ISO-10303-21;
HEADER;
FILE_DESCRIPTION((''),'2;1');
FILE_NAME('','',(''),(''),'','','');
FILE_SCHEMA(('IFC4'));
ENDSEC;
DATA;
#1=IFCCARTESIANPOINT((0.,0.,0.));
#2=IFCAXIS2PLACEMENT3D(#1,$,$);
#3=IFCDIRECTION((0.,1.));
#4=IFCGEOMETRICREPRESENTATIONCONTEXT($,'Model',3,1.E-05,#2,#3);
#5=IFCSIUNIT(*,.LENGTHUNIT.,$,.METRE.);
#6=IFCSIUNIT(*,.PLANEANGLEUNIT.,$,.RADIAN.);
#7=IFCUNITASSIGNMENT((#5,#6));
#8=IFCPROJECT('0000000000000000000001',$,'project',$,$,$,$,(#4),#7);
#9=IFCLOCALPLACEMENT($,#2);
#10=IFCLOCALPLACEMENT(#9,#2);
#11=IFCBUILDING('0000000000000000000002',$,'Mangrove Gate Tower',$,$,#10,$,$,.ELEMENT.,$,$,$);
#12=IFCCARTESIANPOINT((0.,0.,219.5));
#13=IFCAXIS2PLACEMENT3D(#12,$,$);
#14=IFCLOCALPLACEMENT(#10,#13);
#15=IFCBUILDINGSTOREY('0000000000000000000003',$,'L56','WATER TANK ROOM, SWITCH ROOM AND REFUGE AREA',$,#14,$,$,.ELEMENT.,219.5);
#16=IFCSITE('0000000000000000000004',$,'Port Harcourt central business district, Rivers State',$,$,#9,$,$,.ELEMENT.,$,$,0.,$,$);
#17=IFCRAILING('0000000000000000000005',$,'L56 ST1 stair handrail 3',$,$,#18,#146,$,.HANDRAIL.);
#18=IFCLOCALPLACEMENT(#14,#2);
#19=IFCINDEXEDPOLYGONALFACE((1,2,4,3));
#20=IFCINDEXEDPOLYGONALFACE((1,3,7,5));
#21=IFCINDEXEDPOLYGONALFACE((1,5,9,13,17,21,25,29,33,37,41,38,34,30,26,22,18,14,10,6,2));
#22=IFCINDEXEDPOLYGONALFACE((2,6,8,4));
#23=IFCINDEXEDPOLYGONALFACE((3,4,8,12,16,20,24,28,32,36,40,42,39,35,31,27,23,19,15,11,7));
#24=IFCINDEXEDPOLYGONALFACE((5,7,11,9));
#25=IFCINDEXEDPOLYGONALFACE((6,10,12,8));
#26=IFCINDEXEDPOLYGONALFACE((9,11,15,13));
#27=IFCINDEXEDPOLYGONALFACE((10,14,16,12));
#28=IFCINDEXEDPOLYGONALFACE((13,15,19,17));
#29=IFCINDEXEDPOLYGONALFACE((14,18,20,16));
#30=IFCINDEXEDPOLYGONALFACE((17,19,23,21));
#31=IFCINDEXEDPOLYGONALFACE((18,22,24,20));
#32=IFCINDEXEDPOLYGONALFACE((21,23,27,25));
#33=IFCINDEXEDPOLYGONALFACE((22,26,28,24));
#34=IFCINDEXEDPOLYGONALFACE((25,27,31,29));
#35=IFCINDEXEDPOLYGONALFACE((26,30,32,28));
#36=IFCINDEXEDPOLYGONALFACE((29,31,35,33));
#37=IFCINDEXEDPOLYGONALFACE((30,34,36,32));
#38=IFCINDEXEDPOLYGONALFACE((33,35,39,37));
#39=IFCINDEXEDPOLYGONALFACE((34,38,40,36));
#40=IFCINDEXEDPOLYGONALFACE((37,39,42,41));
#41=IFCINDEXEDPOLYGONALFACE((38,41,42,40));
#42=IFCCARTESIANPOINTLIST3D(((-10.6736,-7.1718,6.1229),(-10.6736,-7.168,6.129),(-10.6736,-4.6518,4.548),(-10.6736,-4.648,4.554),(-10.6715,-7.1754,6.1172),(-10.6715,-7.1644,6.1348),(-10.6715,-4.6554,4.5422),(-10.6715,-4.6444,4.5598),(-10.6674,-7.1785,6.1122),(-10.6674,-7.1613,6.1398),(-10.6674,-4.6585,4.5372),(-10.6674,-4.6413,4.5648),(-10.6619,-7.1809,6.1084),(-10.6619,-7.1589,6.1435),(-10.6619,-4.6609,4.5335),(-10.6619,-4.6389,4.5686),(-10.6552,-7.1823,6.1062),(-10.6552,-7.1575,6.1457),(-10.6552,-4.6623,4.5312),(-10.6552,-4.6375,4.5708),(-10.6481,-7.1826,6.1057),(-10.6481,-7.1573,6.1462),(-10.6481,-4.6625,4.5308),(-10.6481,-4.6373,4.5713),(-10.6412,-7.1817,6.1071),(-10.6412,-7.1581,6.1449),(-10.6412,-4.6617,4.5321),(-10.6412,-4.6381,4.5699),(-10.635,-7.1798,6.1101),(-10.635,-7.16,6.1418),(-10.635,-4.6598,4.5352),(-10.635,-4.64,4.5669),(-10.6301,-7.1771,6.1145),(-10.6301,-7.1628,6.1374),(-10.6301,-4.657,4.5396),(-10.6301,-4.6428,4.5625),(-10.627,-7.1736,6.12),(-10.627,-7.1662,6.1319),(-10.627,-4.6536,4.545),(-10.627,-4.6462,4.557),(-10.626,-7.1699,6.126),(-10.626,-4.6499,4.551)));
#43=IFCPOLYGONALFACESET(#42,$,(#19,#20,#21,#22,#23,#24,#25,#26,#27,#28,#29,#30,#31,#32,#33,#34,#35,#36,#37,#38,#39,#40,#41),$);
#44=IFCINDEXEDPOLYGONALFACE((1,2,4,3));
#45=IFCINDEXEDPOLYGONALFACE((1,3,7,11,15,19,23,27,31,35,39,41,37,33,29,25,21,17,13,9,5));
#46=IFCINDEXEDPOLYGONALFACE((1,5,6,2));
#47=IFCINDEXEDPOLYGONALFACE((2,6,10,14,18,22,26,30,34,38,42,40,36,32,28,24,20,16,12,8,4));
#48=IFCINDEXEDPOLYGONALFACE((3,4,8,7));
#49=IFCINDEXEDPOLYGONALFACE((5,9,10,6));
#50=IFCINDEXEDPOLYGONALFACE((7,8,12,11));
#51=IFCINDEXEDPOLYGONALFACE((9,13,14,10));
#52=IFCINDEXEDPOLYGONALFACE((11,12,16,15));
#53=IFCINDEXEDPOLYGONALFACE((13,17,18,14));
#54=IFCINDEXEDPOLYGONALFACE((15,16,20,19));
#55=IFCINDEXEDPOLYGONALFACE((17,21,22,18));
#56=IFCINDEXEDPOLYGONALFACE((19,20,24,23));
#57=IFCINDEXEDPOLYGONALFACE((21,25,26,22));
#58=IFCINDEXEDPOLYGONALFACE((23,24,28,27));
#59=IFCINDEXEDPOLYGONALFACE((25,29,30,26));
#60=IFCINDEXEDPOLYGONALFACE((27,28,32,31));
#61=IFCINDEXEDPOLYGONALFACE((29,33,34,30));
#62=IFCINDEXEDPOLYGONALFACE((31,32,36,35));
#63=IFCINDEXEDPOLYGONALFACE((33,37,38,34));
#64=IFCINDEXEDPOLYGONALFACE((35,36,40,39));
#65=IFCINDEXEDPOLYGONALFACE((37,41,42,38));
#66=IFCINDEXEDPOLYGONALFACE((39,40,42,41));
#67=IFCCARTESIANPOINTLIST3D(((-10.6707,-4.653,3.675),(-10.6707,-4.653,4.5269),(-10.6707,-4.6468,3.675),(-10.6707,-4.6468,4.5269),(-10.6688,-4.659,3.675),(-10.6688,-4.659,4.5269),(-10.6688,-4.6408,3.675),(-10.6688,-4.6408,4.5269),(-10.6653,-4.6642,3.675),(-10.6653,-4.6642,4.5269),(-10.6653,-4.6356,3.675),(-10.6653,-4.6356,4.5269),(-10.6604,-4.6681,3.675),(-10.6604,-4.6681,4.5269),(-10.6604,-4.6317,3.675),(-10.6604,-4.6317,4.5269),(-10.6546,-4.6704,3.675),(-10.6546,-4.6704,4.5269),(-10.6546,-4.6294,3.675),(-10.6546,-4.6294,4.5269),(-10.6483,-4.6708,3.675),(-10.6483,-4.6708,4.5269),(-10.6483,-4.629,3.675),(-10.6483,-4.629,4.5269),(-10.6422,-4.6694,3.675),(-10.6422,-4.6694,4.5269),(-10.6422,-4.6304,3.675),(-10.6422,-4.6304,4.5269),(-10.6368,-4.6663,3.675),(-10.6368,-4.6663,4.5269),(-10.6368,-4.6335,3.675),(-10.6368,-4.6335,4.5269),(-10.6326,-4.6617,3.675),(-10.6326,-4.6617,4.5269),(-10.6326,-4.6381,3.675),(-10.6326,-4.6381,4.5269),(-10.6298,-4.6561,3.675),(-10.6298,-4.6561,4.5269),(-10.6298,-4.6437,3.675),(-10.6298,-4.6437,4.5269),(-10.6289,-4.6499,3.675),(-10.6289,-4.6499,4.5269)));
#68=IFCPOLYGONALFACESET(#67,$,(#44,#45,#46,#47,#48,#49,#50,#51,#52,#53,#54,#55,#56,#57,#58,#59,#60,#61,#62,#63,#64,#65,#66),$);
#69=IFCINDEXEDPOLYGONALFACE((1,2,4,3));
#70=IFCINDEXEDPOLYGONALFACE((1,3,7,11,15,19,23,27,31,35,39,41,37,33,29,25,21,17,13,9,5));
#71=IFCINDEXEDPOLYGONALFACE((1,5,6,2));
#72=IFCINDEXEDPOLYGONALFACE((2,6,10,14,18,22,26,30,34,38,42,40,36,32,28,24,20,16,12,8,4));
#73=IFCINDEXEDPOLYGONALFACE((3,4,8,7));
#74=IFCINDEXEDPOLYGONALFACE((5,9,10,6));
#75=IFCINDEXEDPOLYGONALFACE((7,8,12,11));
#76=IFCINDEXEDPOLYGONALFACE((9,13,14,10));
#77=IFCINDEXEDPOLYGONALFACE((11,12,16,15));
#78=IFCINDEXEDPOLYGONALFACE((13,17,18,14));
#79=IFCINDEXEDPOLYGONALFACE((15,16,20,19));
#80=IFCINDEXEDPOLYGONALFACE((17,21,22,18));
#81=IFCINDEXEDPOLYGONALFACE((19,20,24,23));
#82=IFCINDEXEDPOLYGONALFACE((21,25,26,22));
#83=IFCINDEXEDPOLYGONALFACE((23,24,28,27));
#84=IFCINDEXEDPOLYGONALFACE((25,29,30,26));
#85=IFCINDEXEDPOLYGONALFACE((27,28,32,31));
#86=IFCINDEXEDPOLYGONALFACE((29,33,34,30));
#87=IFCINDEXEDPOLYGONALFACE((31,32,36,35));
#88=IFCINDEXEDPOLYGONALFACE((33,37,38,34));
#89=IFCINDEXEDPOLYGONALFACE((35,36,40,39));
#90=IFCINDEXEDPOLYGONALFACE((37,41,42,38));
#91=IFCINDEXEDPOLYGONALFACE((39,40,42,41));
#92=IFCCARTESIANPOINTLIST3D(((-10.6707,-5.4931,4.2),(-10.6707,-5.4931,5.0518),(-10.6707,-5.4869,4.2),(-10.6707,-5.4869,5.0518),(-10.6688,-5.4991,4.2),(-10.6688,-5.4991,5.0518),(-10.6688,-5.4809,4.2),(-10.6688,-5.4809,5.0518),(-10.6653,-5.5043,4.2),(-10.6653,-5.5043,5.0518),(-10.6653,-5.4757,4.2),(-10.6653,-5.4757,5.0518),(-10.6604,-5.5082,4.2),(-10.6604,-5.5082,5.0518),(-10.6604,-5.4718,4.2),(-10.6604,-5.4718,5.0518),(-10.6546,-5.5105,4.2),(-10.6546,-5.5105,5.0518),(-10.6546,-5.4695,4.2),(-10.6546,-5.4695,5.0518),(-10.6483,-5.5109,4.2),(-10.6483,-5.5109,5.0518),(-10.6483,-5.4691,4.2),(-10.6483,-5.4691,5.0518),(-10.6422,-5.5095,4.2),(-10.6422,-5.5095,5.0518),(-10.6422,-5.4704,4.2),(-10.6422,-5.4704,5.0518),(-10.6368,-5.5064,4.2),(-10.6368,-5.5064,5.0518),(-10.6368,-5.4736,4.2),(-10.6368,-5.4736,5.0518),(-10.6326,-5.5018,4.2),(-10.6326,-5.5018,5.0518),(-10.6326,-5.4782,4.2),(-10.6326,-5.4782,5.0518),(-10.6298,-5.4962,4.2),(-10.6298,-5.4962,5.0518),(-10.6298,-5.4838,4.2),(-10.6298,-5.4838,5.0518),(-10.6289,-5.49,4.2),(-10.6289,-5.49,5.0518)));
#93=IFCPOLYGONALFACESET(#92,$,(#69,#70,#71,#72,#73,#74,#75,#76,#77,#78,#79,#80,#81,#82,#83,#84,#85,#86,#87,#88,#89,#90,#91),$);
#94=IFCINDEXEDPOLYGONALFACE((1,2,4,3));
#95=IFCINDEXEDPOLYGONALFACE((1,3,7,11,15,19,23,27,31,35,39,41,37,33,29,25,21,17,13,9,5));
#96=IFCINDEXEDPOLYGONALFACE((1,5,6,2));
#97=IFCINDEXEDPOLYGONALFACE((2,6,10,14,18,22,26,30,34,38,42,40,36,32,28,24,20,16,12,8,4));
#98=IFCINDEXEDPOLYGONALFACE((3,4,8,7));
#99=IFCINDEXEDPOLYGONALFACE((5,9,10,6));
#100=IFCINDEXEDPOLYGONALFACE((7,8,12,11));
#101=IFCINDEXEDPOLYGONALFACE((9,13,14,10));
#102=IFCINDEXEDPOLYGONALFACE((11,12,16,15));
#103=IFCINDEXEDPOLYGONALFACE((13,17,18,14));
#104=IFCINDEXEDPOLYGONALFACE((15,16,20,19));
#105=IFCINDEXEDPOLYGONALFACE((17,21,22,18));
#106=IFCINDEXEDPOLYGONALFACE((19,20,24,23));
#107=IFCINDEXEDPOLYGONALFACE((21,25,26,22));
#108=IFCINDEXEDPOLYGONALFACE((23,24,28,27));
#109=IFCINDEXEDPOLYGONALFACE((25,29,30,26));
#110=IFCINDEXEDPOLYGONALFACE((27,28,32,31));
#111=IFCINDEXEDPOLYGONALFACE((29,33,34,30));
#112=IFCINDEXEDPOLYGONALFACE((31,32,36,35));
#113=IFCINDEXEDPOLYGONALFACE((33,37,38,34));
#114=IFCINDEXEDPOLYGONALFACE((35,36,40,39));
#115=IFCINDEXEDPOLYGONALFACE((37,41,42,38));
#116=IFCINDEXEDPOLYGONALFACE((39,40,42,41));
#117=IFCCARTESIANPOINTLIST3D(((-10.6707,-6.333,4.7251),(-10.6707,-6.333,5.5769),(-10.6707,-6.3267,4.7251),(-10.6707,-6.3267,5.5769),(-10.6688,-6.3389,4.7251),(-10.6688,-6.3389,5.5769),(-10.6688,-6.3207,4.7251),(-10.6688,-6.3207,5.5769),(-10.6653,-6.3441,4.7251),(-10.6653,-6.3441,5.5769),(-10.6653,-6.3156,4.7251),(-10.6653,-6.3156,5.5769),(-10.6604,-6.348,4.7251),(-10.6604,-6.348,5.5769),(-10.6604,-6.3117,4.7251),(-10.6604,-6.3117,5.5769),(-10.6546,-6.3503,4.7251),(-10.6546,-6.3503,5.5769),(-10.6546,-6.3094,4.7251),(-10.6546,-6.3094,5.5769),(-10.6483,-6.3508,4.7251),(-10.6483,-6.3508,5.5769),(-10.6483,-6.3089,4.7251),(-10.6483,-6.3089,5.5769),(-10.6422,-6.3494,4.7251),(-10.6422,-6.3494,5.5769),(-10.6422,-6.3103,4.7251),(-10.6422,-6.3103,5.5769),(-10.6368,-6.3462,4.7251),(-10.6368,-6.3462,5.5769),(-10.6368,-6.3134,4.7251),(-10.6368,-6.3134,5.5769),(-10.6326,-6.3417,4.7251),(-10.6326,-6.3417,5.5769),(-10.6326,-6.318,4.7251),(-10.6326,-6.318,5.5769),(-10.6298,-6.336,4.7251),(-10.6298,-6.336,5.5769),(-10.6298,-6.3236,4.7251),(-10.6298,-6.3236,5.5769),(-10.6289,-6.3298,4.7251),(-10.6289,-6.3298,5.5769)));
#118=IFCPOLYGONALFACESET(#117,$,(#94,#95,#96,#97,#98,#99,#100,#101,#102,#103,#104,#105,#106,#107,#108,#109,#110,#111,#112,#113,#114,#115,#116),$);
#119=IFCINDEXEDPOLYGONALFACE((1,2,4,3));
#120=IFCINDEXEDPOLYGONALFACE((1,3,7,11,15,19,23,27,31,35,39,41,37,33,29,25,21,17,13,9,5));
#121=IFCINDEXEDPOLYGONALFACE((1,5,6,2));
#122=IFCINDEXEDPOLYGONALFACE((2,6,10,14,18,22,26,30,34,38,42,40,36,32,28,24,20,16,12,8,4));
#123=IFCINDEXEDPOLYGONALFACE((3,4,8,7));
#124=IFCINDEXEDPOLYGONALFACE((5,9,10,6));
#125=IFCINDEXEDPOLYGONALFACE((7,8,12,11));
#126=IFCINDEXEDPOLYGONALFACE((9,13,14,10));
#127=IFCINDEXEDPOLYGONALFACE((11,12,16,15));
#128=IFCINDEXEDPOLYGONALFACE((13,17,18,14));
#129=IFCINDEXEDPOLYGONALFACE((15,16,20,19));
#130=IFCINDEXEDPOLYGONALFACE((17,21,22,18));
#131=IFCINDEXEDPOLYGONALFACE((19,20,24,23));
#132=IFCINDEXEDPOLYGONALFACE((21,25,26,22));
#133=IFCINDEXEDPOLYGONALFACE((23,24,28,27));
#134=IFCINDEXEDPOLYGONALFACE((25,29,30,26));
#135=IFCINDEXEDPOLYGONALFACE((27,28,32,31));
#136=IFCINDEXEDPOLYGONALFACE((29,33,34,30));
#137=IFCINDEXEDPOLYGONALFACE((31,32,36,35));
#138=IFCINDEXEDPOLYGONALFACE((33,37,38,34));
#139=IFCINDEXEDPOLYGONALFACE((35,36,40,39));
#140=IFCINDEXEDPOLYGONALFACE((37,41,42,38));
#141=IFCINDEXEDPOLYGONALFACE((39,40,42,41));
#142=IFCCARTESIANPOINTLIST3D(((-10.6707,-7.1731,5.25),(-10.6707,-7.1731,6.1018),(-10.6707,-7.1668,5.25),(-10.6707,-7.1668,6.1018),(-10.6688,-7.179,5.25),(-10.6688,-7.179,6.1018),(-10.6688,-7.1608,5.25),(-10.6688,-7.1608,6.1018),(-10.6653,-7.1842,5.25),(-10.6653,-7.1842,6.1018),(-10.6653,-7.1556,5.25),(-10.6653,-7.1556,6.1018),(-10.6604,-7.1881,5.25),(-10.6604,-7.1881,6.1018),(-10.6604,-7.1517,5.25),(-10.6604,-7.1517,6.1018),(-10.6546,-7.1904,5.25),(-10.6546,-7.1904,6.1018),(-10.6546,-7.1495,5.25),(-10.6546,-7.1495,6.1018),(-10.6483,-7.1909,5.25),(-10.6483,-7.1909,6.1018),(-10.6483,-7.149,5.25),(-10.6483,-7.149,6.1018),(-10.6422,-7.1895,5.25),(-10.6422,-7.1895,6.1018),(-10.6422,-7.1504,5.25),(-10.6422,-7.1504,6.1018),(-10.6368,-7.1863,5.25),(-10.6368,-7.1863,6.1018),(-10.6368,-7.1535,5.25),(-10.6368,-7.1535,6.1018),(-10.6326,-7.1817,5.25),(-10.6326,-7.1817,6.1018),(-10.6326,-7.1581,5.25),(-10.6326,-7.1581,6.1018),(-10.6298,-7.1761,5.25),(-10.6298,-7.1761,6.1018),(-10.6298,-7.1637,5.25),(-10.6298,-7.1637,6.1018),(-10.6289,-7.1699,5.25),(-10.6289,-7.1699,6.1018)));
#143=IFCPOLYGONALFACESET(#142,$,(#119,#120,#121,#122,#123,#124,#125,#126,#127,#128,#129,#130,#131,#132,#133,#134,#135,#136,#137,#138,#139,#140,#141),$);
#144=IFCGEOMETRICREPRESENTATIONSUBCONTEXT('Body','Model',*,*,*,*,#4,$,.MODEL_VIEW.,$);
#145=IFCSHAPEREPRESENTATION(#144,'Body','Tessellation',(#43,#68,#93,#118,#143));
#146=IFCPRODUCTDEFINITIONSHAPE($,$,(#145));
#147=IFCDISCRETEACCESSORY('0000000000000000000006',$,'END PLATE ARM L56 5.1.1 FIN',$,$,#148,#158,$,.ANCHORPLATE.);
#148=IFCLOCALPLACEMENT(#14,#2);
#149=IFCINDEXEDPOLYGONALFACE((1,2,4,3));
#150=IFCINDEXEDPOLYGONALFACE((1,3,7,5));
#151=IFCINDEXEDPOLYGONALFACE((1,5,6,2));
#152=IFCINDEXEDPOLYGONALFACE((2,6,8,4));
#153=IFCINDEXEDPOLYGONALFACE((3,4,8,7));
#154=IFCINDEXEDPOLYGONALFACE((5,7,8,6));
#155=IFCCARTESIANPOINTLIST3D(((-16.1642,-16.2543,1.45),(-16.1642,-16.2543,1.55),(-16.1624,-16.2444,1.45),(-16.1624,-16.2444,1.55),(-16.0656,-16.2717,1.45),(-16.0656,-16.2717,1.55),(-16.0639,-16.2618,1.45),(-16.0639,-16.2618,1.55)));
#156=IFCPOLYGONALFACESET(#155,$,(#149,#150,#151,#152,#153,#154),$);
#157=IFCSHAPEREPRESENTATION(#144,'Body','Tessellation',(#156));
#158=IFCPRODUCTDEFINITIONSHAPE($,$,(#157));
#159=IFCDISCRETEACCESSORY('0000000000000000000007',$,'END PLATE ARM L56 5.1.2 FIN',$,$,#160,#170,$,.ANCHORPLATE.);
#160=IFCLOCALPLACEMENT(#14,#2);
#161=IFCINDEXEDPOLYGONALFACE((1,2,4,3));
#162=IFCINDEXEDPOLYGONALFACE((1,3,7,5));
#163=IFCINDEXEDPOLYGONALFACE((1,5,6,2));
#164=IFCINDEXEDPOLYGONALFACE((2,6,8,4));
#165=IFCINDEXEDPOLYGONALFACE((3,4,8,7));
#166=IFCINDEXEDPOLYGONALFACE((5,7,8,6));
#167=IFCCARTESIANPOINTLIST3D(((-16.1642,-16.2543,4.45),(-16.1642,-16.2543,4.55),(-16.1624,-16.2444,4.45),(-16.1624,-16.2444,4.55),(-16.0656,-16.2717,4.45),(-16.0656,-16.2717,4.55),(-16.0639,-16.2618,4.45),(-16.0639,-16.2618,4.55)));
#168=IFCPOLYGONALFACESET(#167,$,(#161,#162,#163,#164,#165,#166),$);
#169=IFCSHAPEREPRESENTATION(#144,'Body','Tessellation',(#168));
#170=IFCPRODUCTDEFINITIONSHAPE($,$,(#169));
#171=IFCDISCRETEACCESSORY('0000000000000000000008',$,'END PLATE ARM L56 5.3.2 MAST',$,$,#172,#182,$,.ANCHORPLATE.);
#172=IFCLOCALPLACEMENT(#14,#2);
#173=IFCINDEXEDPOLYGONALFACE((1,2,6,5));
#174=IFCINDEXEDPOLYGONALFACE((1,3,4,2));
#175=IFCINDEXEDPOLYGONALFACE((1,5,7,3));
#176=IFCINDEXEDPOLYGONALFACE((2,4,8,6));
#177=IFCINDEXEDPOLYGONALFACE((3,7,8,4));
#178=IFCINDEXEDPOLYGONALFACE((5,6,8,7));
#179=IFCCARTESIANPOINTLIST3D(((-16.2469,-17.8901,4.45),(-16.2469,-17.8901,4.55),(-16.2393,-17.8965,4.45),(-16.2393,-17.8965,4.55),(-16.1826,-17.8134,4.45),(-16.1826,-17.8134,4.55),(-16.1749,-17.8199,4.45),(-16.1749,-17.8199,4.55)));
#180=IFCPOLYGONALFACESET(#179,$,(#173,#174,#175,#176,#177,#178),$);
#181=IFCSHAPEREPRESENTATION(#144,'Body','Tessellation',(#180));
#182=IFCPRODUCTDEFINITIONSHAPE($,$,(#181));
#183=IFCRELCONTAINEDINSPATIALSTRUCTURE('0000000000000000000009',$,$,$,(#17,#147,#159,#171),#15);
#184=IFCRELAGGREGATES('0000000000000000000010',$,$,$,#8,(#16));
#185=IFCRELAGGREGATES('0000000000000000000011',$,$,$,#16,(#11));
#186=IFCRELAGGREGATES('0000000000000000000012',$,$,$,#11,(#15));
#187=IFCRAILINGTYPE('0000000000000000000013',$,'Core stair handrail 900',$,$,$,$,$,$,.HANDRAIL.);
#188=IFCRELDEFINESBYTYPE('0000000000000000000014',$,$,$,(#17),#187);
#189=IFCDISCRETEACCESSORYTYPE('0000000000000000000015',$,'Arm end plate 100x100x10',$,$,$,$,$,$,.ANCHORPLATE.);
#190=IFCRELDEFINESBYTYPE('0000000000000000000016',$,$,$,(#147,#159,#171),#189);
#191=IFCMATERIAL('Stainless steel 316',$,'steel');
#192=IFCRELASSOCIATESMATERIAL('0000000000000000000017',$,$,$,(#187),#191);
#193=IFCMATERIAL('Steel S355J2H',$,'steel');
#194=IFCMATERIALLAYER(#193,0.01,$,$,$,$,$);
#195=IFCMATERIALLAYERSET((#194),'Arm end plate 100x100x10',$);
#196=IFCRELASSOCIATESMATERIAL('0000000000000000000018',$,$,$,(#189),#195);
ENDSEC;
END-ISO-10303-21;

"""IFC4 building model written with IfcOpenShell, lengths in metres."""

from ifc_helpers import new_model, si_unit, direction, frame, origin, origin_2d, place, context, subcontext, project, spatial, rectangle, circle, extrude, material, layer, layer_set, type_object, element, save


model = new_model("IFC4")

# Units and contexts
model_context = context("Model", 3, precision=1e-05, world=origin(), true_north=direction((0.0, 1.0)))
body_context = subcontext(model_context, "Body", "Model", "MODEL_VIEW")
ifc_project = project(units=[si_unit("LENGTHUNIT", "METRE"), si_unit("PLANEANGLEUNIT", "RADIAN")], contexts=[model_context])

# Site, building, storey
site_placement = place(None, origin())
site = spatial("IfcSite", under=ifc_project, at=site_placement, Name="Port Harcourt central business district, Rivers State", CompositionType="ELEMENT", RefElevation=0.0)
building_placement = place(site_placement, origin())
building = spatial("IfcBuilding", under=site, at=building_placement, Name="Mangrove Gate Tower", CompositionType="ELEMENT")
storey_placement = place(building_placement, frame((0.0, 0.0, 219.5)))
storey = spatial("IfcBuildingStorey", under=building, at=storey_placement, Name="L56", Description="WATER TANK ROOM, SWITCH ROOM AND REFUGE AREA", CompositionType="ELEMENT", Elevation=219.5)

# Railing
ifc_material_1 = material(Name="Stainless steel 316", Category="steel")
railing_type_1 = type_object("IfcRailingType", Name="Core stair handrail 900", PredefinedType="HANDRAIL", material=ifc_material_1)
for number, where, name in (
    (1, (-10.6499, -4.6499, 3.675), "L56 ST1 stair handrail 3"),
):
    element("IfcRailing", number, at=place(storey_placement, frame(where)), inside=storey, type_object=railing_type_1, Name=name, PredefinedType="HANDRAIL", context=body_context, shape_type="SweptSolid", body=[
        extrude(circle(Radius=0.0239, at=origin_2d()), frame((0.0, 0.0, 0.876), z_axis=(0.0, -0.848008, 0.529984), x_axis=(1.0, 0.0, 0.0)), (0.0, 0.0, 1.0), 2.9717),
        extrude(circle(Radius=0.021, at=origin_2d()), origin(), (0.0, 0.0, 1.0), 0.8518),
        extrude(circle(Radius=0.021, at=origin_2d()), frame((0.0, -0.8401, 0.5249)), (0.0, 0.0, 1.0), 0.8518),
        extrude(circle(Radius=0.021, at=origin_2d()), frame((0.0, -1.6799, 1.05)), (0.0, 0.0, 1.0), 0.8518),
        extrude(circle(Radius=0.021, at=origin_2d()), frame((0.0, -2.52, 1.575)), (0.0, 0.0, 1.0), 0.8518),
    ])

# Discrete accessories
ifc_material_2 = material(Name="Steel S355J2H", Category="steel")
ifc_layer_1 = layer(ifc_material_2, 0.01)
ifc_layer_set_1 = layer_set([ifc_layer_1], Name="Arm end plate 100x100x10")
discrete_accessory_type = type_object("IfcDiscreteAccessoryType", Name="Arm end plate 100x100x10", PredefinedType="ANCHORPLATE", material=ifc_layer_set_1)
for number, where, z_axis, x_axis, name in (
    (2, (-16.114, -16.2581, 1.45), (0.0, 0.0, 1.0), (0.173648, 0.984808, 0.0), "END PLATE ARM L56 5.1.1 FIN"),
    (3, (-16.114, -16.2581, 4.45), (0.0, 0.0, 1.0), (0.173648, 0.984808, 0.0), "END PLATE ARM L56 5.1.2 FIN"),
    (4, (-16.2109, -17.855, 4.45), (0.0, 0.0, 1.0), (0.766044, -0.642788, 0.0), "END PLATE ARM L56 5.3.2 MAST"),
):
    element("IfcDiscreteAccessory", number, at=place(storey_placement, frame(where, z_axis=z_axis, x_axis=x_axis)), inside=storey, type_object=discrete_accessory_type, Name=name, PredefinedType="ANCHORPLATE", context=body_context, shape_type="SweptSolid", body=[
        extrude(rectangle(XDim=0.01, YDim=0.1001, at=origin_2d()), origin(), (0.0, 0.0, 1.0), 0.1001),
    ])

save(model, "model.ifc")
